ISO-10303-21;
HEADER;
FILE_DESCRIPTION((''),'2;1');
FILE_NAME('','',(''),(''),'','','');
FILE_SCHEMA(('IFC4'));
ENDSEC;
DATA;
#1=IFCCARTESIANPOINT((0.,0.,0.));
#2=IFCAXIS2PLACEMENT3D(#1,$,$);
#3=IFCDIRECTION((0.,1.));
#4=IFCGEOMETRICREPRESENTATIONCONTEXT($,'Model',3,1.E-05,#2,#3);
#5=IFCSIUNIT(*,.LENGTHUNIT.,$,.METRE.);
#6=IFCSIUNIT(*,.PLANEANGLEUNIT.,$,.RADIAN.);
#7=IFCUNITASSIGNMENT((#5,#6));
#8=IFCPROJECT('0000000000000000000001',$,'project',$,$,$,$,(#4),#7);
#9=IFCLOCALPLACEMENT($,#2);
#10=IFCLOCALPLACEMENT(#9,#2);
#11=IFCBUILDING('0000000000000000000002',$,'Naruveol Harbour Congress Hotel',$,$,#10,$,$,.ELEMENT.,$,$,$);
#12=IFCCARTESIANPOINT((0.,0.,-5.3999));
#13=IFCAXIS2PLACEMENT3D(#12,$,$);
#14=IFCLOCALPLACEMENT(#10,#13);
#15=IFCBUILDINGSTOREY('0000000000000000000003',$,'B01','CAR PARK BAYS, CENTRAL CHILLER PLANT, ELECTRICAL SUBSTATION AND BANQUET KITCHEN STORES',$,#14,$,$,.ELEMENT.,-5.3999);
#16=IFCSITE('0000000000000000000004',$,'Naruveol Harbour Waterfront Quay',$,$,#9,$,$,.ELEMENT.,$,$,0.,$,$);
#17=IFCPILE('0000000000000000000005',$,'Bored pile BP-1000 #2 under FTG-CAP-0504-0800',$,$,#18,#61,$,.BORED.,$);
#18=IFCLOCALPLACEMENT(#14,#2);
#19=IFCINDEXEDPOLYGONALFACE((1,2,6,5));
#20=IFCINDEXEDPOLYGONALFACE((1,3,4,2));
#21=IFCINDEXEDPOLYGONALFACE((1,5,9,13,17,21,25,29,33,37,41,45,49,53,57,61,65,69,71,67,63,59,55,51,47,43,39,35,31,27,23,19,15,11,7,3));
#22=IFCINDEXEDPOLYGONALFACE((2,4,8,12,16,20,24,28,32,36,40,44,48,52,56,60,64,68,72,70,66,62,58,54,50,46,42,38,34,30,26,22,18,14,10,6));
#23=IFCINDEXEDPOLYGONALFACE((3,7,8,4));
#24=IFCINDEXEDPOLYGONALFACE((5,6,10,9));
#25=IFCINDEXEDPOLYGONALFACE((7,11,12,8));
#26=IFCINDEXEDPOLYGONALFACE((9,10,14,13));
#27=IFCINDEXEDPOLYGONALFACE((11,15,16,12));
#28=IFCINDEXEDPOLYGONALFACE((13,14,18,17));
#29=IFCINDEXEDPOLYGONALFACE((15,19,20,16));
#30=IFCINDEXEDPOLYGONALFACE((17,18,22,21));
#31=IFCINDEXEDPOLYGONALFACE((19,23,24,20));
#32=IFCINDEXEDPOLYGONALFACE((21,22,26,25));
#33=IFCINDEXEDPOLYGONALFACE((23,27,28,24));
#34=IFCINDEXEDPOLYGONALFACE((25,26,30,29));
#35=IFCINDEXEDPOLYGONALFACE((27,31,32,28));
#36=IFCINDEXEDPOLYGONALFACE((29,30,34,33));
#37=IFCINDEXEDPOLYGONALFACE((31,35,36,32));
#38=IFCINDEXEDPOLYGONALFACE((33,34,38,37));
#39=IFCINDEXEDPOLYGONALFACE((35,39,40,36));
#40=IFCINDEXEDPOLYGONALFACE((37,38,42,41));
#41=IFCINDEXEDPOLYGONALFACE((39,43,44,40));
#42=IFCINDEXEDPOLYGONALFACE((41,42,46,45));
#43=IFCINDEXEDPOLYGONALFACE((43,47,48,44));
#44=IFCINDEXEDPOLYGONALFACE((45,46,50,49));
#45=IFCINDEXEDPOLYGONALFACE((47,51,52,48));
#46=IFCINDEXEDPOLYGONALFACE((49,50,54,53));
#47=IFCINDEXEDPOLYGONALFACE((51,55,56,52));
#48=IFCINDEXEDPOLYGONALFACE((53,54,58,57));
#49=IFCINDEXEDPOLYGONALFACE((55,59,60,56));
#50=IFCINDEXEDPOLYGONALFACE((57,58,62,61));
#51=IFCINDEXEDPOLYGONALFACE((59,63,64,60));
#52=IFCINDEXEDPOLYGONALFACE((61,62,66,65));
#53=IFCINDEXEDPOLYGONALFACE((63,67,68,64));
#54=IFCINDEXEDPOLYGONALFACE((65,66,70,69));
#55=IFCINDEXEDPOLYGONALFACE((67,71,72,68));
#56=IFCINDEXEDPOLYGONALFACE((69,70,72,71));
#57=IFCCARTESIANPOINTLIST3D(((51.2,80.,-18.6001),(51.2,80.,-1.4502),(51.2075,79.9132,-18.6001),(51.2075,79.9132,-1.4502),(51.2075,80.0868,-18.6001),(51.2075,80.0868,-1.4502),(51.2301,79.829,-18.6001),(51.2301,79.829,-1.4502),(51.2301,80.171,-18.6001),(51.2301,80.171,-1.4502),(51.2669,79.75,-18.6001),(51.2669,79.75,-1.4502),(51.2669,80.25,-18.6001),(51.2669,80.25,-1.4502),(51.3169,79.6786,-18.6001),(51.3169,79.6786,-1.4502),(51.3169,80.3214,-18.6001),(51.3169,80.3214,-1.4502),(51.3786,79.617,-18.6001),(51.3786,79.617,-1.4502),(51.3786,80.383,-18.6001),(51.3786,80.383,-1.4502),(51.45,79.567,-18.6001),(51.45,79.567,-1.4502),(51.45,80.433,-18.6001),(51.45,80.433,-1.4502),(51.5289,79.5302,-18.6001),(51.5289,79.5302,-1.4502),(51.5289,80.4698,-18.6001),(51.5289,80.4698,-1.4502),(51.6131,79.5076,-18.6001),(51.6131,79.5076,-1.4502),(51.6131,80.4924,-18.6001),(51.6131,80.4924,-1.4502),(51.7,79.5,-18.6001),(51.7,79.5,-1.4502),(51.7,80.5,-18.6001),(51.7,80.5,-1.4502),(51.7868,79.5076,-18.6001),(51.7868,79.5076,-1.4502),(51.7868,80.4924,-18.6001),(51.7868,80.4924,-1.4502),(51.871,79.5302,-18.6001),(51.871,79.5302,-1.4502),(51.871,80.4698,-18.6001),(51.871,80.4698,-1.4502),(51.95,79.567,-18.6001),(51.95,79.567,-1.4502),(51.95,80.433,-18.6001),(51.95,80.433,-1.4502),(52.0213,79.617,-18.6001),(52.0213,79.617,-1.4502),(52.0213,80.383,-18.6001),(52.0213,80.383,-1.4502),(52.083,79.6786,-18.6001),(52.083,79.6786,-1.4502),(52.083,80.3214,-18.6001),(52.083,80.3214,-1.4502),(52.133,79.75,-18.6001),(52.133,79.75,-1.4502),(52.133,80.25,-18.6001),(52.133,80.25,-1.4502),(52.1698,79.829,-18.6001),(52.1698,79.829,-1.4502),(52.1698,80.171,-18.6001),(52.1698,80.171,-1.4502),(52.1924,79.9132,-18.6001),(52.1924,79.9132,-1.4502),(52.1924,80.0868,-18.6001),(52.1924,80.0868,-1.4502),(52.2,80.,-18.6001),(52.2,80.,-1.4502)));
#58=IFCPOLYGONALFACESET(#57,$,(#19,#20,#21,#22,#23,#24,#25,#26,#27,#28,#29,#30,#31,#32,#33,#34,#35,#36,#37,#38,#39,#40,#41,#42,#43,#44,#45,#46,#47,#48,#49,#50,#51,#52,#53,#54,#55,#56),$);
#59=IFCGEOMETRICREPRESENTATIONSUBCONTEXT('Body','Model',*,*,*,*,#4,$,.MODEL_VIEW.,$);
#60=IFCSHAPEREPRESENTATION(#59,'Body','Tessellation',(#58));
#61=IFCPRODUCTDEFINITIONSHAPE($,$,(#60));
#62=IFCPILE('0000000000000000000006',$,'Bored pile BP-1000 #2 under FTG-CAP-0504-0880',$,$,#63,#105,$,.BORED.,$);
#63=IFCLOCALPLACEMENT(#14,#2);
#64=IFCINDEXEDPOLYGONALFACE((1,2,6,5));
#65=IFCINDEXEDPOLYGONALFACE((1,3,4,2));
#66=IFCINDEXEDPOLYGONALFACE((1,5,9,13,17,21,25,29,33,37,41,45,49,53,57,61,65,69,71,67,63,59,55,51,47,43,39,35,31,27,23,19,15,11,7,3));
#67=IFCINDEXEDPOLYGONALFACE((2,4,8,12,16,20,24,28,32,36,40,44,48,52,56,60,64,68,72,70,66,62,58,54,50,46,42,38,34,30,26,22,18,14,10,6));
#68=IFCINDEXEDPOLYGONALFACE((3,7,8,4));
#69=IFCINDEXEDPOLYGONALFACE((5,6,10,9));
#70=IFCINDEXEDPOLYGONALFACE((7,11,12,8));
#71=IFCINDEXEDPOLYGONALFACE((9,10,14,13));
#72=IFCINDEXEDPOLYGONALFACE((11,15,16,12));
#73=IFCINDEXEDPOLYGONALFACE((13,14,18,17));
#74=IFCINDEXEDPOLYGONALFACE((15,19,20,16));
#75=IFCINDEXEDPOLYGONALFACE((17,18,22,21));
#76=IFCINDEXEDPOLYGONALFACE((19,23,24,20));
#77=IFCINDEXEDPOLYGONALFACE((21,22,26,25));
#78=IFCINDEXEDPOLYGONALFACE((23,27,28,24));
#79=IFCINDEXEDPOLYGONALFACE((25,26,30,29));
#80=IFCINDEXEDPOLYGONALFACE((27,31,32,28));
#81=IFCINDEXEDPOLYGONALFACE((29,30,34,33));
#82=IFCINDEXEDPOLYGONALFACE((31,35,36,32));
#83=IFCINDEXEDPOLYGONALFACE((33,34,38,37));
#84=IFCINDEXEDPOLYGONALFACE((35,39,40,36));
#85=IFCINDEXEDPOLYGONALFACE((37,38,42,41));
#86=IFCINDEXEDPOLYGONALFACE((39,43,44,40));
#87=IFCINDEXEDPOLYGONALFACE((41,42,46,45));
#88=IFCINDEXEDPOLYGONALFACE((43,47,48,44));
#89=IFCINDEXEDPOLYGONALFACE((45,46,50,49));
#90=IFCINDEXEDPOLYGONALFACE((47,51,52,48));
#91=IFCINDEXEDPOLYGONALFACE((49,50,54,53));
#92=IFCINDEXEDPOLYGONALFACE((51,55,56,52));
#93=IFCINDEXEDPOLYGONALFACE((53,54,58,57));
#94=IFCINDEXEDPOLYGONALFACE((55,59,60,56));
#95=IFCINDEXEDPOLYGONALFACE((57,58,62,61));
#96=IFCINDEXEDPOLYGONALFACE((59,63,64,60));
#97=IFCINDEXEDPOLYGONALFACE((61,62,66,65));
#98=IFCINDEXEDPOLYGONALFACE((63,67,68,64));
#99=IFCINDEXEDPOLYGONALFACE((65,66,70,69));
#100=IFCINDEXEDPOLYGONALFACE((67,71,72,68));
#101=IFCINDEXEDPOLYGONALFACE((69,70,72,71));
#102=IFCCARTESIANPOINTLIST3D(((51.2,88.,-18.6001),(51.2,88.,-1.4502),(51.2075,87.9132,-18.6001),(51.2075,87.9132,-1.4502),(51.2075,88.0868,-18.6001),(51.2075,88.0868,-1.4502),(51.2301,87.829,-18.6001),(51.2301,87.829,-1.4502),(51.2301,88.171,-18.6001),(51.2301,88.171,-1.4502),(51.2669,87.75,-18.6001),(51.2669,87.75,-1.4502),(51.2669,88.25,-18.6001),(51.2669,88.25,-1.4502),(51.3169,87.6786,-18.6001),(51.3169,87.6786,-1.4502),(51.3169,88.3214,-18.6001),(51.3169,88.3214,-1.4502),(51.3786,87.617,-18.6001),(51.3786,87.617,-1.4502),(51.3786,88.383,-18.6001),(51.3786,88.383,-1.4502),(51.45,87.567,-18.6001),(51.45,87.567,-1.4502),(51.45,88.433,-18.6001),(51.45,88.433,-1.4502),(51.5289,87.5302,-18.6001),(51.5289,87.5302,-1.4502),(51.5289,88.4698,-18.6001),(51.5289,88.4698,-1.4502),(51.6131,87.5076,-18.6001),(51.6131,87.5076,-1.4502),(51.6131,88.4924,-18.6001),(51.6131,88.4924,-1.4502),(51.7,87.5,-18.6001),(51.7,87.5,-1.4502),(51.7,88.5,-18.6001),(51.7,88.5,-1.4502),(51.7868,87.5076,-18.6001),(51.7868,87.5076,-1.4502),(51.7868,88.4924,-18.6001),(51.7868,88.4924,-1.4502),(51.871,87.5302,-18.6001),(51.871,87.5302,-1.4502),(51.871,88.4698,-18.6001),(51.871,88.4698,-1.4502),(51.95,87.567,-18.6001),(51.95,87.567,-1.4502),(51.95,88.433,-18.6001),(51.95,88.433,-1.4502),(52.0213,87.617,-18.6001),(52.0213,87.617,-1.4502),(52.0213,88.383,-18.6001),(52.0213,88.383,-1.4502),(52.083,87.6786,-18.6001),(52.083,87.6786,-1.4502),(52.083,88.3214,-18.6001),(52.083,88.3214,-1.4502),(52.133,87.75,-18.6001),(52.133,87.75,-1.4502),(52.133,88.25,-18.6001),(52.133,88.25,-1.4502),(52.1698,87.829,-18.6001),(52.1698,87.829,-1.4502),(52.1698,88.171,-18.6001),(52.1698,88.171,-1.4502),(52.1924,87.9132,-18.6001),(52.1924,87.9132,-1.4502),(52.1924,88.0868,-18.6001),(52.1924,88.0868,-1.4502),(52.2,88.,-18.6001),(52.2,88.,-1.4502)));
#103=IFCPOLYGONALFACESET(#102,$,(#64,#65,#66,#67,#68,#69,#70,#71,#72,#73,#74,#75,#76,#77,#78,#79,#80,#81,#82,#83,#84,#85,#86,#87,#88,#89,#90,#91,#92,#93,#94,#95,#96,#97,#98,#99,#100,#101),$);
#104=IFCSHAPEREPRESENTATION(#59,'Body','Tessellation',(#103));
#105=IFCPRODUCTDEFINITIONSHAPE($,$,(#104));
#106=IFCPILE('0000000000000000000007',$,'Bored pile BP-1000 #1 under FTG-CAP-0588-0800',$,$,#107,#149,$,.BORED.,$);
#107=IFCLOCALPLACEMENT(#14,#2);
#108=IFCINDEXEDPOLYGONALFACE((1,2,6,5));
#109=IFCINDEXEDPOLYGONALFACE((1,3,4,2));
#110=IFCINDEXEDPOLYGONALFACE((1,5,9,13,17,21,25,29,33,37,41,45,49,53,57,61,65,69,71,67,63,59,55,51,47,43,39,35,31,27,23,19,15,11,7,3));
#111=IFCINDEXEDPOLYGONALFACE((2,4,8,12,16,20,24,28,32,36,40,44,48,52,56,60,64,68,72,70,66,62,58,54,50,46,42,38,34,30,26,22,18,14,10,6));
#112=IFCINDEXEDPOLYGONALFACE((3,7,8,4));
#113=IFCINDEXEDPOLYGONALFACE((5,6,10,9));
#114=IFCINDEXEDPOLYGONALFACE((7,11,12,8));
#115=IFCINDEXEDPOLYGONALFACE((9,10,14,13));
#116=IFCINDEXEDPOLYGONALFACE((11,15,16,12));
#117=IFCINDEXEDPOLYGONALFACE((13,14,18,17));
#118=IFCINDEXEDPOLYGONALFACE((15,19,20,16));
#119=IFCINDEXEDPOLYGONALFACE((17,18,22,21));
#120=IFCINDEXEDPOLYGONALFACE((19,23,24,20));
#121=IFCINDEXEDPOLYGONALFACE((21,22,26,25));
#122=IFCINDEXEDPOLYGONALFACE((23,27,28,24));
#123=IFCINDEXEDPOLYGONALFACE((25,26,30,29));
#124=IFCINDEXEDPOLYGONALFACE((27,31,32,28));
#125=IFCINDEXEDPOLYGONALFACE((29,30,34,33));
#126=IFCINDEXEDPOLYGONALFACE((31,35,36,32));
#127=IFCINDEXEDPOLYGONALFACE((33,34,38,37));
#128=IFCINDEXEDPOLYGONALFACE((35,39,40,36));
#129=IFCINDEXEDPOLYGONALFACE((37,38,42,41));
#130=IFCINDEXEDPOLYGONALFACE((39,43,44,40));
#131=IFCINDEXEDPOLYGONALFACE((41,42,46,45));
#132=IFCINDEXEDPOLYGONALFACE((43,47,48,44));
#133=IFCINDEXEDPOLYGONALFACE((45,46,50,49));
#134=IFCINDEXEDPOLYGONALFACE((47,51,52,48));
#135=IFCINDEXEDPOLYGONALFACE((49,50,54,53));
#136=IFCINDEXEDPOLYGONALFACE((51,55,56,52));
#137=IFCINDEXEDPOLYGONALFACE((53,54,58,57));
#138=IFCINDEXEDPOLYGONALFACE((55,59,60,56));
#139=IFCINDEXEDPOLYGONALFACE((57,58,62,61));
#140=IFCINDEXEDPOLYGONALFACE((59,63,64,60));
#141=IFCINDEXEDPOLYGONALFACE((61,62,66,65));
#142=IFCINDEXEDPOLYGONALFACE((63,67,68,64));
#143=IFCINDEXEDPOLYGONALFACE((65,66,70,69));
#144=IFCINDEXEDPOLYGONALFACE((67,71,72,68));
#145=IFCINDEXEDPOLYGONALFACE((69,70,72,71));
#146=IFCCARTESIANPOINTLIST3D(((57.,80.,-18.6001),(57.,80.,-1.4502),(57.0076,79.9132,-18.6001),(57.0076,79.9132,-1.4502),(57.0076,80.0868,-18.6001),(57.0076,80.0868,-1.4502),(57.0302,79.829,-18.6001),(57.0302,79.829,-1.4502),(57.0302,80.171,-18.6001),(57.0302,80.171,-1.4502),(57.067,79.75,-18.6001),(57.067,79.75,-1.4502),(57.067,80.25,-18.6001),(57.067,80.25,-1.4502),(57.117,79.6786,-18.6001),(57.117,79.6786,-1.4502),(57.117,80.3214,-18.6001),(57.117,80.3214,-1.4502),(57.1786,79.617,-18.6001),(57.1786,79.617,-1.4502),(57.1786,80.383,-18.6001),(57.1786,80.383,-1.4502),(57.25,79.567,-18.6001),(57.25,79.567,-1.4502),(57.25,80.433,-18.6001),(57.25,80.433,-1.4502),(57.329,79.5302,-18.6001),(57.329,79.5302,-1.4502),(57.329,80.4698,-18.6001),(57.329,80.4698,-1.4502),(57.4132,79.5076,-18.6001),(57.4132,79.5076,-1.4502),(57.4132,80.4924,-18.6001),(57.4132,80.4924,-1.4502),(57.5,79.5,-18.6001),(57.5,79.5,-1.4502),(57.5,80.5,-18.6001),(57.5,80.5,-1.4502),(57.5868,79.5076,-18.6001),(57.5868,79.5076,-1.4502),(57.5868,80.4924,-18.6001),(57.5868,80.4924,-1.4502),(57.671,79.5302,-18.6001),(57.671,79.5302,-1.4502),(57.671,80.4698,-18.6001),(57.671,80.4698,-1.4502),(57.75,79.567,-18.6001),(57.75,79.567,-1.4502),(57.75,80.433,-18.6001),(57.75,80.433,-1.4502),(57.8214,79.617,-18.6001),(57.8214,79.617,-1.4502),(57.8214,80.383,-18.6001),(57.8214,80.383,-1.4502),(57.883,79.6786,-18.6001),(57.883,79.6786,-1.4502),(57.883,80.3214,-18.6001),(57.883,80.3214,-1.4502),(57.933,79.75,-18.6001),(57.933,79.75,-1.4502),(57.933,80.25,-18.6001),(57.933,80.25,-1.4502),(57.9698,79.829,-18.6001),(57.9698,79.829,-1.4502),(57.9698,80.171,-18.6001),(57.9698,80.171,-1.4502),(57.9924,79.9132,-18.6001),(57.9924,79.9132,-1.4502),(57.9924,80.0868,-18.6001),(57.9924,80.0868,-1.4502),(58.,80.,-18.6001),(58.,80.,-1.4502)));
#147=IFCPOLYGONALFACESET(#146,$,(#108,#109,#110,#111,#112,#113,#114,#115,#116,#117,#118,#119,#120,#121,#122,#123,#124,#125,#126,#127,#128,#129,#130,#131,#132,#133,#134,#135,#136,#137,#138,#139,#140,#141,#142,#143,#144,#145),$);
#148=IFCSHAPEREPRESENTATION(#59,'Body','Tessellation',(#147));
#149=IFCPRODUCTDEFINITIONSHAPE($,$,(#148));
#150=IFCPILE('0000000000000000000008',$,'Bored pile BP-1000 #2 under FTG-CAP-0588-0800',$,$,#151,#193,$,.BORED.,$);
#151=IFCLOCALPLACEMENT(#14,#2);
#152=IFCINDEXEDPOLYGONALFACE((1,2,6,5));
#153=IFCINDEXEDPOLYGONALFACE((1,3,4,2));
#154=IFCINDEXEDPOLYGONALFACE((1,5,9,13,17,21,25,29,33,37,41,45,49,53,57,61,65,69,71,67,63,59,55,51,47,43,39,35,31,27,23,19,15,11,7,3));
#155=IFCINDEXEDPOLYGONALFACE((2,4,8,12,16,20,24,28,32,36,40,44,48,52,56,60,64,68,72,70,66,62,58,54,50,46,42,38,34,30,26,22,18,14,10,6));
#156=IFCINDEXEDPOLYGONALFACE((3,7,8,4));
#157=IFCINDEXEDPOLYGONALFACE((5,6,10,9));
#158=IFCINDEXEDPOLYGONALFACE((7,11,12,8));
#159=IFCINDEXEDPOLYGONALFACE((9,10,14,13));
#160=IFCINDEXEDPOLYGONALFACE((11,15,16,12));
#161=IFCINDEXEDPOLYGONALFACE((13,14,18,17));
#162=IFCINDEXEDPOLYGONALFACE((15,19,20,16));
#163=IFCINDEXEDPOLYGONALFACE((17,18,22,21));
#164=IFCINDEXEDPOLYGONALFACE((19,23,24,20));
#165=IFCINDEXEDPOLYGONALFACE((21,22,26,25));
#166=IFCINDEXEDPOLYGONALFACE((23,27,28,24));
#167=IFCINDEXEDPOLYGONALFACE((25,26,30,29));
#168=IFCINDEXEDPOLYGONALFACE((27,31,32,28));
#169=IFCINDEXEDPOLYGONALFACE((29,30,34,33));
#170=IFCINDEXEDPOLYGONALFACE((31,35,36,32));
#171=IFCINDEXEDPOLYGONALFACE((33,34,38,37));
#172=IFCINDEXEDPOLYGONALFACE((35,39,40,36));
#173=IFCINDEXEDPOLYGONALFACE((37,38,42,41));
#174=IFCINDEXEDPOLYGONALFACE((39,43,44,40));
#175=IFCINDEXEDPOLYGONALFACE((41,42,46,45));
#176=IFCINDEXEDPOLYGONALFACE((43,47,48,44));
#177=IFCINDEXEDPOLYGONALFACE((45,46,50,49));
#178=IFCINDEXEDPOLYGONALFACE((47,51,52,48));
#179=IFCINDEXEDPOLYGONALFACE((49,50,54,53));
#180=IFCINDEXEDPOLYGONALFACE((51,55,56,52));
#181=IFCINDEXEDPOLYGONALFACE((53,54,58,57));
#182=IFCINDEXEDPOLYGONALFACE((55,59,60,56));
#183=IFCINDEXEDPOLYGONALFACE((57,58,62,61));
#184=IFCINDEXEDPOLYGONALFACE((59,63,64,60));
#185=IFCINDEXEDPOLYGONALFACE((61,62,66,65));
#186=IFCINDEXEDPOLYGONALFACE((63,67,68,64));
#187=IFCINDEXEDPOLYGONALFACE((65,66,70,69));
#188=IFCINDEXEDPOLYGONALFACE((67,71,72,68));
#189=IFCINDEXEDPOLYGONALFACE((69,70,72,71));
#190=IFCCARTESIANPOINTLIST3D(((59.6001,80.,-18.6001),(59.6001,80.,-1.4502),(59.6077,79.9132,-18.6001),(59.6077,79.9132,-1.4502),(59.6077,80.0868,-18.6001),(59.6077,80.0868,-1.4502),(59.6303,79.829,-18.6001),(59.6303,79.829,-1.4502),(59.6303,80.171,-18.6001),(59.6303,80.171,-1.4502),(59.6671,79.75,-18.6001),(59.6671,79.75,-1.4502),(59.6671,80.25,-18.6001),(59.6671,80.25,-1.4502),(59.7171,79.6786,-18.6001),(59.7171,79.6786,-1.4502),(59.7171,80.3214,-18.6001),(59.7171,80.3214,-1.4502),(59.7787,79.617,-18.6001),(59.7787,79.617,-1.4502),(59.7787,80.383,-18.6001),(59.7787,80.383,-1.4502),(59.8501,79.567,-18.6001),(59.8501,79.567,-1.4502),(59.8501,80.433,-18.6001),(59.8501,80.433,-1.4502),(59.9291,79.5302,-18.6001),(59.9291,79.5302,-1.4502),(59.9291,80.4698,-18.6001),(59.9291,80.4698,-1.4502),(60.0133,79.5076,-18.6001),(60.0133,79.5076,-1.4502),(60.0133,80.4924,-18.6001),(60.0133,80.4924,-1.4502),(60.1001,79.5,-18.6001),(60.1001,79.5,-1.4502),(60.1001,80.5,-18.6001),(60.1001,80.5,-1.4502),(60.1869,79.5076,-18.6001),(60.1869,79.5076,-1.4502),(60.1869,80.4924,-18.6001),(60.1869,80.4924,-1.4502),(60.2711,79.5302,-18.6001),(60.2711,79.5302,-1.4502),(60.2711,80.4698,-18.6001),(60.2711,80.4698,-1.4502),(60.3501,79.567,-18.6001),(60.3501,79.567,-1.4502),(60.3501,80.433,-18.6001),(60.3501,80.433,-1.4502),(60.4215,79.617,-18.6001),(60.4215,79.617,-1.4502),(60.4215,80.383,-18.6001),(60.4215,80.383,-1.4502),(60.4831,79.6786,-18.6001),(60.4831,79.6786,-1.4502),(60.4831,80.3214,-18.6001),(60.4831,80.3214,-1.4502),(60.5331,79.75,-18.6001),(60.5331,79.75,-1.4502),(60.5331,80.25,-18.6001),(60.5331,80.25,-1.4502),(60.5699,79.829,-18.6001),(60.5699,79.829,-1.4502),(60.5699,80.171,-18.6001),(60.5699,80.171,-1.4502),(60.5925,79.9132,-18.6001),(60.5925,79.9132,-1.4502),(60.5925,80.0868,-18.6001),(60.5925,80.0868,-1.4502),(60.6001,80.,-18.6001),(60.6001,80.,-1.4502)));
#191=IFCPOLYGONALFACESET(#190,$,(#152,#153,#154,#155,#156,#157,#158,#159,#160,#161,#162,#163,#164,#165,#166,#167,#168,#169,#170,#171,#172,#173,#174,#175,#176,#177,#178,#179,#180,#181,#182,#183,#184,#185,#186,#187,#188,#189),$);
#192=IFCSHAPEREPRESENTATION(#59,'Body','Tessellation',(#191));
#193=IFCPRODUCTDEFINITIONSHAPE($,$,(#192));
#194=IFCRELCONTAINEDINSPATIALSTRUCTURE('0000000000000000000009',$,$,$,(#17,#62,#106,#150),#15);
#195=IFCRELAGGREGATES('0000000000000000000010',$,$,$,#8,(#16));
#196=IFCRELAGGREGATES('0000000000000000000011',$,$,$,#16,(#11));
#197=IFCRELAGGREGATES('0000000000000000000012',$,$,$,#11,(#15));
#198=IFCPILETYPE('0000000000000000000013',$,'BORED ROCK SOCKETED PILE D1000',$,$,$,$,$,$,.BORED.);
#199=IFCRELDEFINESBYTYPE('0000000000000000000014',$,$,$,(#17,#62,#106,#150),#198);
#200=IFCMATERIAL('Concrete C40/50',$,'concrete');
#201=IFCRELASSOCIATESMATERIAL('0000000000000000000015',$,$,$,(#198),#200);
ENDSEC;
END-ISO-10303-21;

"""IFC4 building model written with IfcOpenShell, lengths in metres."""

from ifc_helpers import new_model, si_unit, direction, frame, origin, origin_2d, place, context, subcontext, project, spatial, circle, extrude, material, material_profile, profile_set, type_object, element, save


model = new_model("IFC4")

# Units and contexts
model_context = context("Model", 3, precision=1e-05, world=origin(), true_north=direction((0.0, 1.0)))
body_context = subcontext(model_context, "Body", "Model", "MODEL_VIEW")
ifc_project = project(units=[si_unit("LENGTHUNIT", "METRE"), si_unit("PLANEANGLEUNIT", "RADIAN")], contexts=[model_context])

# Site, building, storey
site_placement = place(None, origin())
site = spatial("IfcSite", under=ifc_project, at=site_placement, Name="Naruveol Harbour Waterfront Quay", CompositionType="ELEMENT", RefElevation=0.0)
building_placement = place(site_placement, origin())
building = spatial("IfcBuilding", under=site, at=building_placement, Name="Naruveol Harbour Congress Hotel", CompositionType="ELEMENT")
storey_placement = place(building_placement, frame((0.0, 0.0, -5.3999)))
storey = spatial("IfcBuildingStorey", under=building, at=storey_placement, Name="B01", Description="CAR PARK BAYS, CENTRAL CHILLER PLANT, ELECTRICAL SUBSTATION AND BANQUET KITCHEN STORES", CompositionType="ELEMENT", Elevation=-5.3999)

# Piles
ifc_material_1 = material(Name="Concrete C40/50", Category="concrete")
ifc_material_profile_1 = material_profile(ifc_material_1, circle(Radius=0.5, at=origin_2d()), Name="BP-1000")
ifc_profile_set_1 = profile_set([ifc_material_profile_1], Name="Concrete C40/50")
pile_type_1 = type_object("IfcPileType", Name="BORED ROCK SOCKETED PILE D1000", PredefinedType="BORED", material=ifc_profile_set_1)
for number, where, z_axis, x_axis, name in (
    (1, (51.7, 80.0, -1.4502), (0.0, 0.0, -1.0), (1.0, 0.0, 0.0), "Bored pile BP-1000 #2 under FTG-CAP-0504-0800"),
    (2, (51.7, 88.0, -1.4502), (0.0, 0.0, -1.0), (1.0, 0.0, 0.0), "Bored pile BP-1000 #2 under FTG-CAP-0504-0880"),
    (3, (57.5, 80.0, -1.4502), (0.0, 0.0, -1.0), (1.0, 0.0, 0.0), "Bored pile BP-1000 #1 under FTG-CAP-0588-0800"),
    (4, (60.1001, 80.0, -1.4502), (0.0, 0.0, -1.0), (1.0, 0.0, 0.0), "Bored pile BP-1000 #2 under FTG-CAP-0588-0800"),
):
    element("IfcPile", number, at=place(storey_placement, frame(where, z_axis=z_axis, x_axis=x_axis)), inside=storey, type_object=pile_type_1, Name=name, PredefinedType="BORED", context=body_context, shape_type="SweptSolid", body=[
        extrude(circle(Radius=0.5, at=origin_2d()), origin(), (0.0, 0.0, 1.0), 17.1499),
    ])

save(model, "model.ifc")
